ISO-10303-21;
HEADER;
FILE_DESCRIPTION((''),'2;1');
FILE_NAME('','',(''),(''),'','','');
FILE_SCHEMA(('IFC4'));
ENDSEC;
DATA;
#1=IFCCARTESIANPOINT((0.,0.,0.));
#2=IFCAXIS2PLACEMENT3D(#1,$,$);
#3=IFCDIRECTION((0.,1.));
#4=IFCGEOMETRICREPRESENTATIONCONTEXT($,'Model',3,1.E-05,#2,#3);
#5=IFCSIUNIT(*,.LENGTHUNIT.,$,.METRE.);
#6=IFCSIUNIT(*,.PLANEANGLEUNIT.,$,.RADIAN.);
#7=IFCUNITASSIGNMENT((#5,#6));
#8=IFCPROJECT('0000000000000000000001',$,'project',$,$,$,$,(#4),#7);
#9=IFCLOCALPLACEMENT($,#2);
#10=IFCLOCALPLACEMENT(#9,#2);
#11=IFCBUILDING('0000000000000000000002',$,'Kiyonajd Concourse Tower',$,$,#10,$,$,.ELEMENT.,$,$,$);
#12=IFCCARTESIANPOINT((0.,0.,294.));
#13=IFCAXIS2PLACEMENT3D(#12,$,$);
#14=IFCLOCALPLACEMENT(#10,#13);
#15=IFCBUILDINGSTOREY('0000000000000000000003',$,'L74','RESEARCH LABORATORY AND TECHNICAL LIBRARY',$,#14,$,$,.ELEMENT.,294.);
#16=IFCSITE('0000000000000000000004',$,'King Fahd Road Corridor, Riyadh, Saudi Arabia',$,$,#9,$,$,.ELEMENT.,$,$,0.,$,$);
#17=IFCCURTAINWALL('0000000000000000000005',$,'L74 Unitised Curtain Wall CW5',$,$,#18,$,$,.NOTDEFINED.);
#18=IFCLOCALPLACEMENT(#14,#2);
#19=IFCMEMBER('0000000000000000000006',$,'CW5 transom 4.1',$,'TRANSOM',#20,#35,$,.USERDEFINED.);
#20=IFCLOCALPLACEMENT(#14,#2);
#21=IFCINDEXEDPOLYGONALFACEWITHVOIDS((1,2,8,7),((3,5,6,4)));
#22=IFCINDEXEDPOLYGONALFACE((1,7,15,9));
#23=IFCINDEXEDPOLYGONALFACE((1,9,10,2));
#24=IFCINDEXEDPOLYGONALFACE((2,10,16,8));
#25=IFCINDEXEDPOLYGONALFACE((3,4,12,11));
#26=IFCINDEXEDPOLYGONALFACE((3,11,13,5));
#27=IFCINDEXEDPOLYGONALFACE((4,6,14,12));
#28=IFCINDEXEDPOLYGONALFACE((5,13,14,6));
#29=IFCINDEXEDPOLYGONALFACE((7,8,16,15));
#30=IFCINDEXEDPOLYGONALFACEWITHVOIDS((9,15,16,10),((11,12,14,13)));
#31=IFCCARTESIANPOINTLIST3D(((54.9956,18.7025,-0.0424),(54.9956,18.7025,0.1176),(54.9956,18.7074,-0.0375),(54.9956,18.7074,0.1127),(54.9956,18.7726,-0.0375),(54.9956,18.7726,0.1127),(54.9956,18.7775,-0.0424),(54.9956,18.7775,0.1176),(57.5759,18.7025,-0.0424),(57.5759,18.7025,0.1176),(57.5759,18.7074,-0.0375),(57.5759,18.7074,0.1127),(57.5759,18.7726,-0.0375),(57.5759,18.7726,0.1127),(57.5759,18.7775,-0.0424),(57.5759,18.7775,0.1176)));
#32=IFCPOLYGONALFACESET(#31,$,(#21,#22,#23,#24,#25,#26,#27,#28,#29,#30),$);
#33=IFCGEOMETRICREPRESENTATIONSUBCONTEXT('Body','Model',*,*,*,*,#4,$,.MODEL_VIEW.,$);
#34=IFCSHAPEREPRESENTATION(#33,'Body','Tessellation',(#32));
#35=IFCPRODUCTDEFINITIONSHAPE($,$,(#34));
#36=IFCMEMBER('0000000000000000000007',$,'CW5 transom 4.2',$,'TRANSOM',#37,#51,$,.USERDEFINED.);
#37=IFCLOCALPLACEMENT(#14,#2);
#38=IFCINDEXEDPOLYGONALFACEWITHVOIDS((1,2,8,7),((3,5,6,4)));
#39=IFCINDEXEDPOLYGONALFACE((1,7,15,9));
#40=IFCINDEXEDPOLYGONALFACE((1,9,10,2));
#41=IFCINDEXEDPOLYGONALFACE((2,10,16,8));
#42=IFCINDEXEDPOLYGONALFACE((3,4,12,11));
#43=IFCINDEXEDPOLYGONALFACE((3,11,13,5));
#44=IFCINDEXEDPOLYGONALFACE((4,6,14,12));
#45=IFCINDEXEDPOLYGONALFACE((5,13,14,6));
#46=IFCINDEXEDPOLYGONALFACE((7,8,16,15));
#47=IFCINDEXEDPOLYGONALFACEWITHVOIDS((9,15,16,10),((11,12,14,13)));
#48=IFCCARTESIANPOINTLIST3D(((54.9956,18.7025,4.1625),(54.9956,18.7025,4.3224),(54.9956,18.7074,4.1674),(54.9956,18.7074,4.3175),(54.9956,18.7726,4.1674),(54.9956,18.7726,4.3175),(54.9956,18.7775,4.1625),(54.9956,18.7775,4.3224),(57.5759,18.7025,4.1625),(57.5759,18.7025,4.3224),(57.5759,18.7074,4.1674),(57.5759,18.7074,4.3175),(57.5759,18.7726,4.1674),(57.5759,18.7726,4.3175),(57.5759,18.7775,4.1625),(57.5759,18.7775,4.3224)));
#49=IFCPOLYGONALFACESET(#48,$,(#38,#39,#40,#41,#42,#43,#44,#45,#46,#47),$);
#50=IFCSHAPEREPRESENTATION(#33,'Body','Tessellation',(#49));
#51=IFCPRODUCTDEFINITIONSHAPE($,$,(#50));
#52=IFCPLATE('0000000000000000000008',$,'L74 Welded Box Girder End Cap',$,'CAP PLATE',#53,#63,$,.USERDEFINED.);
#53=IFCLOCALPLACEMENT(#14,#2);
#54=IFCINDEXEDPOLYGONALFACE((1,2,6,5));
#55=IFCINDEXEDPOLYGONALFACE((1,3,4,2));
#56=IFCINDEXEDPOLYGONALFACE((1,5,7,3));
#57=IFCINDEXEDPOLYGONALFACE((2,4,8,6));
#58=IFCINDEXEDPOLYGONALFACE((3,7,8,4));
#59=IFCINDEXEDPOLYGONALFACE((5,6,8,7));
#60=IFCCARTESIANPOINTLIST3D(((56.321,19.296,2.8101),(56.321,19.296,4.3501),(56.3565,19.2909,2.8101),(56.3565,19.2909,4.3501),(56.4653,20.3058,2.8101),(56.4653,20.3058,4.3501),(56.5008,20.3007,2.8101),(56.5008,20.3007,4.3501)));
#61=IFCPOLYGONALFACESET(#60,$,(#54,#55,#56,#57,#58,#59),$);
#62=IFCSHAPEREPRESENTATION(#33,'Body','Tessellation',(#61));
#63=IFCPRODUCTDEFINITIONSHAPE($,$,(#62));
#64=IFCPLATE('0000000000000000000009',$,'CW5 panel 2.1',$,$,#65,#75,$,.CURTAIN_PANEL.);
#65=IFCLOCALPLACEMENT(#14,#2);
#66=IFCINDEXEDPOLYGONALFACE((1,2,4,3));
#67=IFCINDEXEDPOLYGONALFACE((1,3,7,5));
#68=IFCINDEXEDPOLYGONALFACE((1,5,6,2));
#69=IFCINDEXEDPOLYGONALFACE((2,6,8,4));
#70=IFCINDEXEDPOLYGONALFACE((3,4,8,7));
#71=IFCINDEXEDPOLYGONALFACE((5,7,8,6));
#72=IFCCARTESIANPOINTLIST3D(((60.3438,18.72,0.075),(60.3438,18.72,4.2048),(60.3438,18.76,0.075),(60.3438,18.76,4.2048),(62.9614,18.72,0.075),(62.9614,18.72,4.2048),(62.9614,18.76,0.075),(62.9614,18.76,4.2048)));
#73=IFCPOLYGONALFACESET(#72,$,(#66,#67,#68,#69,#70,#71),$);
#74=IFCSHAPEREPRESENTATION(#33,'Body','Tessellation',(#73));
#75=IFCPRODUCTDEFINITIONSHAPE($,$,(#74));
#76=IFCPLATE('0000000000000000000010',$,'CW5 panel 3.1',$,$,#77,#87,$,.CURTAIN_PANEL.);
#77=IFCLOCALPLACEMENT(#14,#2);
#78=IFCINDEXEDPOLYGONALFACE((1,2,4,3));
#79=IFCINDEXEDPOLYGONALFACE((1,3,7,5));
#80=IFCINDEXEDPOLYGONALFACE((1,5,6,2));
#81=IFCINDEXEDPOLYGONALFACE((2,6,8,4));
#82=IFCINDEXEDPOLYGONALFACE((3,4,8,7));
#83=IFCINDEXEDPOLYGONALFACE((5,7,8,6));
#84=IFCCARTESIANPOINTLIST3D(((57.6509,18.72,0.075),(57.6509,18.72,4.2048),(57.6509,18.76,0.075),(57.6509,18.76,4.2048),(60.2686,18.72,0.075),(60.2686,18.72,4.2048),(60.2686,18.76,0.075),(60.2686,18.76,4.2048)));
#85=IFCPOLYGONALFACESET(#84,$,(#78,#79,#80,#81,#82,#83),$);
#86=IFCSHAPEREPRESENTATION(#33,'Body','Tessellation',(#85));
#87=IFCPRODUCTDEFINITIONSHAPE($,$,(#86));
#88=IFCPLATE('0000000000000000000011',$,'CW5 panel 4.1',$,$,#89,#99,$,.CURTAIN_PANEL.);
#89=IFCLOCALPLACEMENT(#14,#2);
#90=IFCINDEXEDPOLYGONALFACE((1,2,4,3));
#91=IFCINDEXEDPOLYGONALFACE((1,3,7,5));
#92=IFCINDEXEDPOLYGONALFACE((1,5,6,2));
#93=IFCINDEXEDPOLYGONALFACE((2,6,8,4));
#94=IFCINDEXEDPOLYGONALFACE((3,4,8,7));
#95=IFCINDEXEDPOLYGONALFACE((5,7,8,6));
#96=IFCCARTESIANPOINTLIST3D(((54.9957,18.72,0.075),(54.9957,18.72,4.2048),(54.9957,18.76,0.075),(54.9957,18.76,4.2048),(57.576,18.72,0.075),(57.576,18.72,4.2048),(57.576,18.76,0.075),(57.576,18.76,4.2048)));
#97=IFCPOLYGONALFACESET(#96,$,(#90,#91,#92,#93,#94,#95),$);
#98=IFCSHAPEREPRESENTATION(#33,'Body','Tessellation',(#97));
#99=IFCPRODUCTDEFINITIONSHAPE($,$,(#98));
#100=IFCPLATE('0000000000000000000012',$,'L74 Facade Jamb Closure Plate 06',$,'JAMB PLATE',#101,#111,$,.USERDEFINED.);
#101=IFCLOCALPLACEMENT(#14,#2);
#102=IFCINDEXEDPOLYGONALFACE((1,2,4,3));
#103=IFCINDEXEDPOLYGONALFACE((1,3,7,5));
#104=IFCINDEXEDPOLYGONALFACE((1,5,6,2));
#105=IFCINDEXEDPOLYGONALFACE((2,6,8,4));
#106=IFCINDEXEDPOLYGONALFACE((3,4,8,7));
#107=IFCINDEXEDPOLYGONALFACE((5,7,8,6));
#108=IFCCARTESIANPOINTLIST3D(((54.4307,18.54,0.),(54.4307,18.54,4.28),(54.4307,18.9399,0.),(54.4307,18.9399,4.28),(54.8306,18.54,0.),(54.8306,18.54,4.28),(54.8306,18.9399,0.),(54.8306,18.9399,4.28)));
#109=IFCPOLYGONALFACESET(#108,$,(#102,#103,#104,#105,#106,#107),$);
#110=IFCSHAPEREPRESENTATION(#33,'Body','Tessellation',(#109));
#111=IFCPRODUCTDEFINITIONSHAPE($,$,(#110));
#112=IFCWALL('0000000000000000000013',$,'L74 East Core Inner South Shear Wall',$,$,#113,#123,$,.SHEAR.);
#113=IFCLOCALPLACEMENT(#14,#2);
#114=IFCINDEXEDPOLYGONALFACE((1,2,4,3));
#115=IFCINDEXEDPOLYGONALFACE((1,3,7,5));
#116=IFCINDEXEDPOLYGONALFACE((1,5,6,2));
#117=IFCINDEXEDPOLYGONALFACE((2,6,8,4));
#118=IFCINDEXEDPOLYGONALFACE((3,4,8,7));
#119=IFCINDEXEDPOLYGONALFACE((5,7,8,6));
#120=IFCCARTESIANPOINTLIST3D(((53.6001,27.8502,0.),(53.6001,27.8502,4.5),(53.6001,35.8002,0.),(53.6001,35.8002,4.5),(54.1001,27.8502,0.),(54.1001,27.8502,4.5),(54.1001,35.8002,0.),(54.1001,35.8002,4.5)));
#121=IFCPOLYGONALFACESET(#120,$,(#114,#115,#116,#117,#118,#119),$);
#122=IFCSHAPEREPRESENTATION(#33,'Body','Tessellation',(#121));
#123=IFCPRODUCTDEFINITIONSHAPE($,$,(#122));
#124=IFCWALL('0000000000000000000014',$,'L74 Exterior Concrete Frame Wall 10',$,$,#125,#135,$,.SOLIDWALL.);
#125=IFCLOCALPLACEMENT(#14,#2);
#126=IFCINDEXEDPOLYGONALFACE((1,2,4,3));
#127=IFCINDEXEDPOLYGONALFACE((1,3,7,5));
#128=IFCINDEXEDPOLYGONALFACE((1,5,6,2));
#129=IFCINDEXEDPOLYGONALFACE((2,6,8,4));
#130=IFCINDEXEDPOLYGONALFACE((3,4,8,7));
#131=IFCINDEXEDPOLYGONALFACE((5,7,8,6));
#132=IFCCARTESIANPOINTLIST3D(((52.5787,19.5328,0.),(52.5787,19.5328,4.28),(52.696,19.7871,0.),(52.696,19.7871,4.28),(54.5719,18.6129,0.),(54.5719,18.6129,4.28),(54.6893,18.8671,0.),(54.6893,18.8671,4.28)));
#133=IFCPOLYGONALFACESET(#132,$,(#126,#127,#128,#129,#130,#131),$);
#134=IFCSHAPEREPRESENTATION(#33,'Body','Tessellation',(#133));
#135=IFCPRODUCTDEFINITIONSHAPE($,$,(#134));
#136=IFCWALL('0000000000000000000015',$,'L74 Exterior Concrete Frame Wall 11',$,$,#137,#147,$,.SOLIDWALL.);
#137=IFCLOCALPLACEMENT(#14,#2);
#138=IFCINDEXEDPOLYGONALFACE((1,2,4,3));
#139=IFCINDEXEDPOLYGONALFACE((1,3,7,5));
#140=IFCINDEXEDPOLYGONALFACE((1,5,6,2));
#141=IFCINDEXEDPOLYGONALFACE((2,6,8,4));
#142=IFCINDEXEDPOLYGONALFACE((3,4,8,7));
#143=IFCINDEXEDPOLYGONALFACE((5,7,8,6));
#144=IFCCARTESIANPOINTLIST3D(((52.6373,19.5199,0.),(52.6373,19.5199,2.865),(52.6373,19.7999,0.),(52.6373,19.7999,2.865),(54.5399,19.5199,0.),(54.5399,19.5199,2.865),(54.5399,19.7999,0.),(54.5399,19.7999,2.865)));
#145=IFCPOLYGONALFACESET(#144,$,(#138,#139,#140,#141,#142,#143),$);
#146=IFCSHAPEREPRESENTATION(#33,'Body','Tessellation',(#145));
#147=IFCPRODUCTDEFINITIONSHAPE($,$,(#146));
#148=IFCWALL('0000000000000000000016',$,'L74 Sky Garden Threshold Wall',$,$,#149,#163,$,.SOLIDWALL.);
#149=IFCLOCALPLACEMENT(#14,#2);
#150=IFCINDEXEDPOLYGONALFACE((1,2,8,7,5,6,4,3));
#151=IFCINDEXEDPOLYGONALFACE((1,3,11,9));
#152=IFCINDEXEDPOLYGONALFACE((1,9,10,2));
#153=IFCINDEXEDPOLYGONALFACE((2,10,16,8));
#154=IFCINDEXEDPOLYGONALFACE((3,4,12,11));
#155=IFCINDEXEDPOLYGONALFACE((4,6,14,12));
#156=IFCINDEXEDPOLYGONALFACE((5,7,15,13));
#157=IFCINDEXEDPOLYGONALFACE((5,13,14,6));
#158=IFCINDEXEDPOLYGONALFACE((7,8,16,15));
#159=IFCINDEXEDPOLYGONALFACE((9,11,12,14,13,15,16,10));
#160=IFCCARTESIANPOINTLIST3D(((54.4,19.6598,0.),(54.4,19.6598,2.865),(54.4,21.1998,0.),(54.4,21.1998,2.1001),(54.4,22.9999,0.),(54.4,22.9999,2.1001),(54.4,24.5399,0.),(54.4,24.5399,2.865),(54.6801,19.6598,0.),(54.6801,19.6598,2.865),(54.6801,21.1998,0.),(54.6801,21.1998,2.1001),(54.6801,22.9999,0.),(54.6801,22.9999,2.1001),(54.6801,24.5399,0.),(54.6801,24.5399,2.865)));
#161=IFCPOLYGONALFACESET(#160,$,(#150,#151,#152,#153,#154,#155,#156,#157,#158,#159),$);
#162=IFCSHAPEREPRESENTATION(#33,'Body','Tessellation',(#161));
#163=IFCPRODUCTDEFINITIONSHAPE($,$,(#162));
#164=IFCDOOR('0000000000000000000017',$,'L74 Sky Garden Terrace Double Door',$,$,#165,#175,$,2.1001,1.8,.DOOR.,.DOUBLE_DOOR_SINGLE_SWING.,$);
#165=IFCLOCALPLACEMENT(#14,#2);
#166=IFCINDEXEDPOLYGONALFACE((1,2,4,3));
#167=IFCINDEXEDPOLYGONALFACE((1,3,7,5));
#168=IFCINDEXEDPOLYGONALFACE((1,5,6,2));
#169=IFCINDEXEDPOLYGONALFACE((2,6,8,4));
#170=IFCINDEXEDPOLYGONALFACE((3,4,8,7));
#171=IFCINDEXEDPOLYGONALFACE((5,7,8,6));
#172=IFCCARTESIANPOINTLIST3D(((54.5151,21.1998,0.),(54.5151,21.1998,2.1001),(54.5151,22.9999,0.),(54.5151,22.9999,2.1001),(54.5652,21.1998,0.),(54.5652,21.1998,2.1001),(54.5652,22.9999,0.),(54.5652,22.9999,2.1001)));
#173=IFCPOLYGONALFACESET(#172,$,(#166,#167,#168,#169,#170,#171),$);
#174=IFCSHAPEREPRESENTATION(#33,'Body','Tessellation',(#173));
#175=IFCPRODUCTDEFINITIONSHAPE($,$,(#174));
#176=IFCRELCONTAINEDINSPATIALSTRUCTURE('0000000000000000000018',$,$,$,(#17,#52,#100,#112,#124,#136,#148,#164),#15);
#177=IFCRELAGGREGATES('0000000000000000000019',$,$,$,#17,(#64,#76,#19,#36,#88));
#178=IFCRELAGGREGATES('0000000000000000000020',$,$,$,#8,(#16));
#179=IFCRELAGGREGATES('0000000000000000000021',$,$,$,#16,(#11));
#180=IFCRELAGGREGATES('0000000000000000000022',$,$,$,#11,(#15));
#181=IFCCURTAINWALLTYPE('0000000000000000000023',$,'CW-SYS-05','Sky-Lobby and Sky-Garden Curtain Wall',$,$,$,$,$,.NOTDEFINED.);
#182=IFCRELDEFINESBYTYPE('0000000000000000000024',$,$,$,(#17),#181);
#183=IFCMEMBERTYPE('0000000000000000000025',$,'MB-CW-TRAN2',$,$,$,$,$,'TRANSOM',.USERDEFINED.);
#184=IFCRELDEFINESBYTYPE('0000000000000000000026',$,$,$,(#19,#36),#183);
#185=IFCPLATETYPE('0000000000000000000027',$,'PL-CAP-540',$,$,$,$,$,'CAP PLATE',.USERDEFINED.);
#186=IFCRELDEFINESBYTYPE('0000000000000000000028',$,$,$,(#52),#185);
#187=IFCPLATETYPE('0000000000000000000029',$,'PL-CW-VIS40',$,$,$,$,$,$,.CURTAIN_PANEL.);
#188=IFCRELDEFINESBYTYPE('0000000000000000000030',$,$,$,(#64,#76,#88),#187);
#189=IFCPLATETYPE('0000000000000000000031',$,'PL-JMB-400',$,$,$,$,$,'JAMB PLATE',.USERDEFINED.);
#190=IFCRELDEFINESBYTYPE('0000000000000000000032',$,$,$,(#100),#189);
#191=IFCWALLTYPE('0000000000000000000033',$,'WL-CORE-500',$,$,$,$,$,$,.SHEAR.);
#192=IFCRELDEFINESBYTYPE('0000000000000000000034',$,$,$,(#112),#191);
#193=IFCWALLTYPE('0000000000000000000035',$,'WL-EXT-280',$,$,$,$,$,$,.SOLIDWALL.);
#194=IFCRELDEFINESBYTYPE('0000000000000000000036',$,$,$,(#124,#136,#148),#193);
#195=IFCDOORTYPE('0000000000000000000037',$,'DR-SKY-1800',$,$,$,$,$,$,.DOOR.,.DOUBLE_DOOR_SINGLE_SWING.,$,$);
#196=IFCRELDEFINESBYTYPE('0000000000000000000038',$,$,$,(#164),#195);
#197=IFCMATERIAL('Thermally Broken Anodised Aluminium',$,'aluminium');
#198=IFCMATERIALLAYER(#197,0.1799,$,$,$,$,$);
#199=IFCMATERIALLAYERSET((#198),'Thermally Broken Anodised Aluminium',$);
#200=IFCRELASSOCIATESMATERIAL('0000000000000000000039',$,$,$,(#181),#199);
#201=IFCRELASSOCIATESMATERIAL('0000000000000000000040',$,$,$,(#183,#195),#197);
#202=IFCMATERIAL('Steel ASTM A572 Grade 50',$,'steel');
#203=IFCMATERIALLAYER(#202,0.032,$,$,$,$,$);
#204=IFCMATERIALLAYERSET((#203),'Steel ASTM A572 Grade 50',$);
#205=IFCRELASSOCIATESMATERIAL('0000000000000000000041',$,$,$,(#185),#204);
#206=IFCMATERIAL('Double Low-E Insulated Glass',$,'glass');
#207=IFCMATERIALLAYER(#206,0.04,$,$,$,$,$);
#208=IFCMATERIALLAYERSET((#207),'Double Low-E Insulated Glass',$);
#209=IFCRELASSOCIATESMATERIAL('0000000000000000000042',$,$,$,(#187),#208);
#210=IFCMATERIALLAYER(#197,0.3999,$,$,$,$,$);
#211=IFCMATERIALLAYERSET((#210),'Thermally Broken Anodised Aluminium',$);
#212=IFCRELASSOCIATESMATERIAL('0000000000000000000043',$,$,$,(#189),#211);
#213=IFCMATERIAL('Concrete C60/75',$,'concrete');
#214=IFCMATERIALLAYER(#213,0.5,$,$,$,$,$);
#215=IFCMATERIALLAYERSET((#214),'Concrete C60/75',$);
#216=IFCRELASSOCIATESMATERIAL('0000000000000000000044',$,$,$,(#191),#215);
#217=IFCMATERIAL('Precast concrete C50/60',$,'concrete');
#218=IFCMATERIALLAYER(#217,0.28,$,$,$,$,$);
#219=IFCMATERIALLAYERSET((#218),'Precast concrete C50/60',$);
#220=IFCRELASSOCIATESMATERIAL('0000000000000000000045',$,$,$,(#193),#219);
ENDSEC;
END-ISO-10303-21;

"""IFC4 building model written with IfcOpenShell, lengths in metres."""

from ifc_helpers import new_model, si_unit, direction, frame, frame_2d, origin, origin_2d, place, context, subcontext, project, spatial, rectangle, hollow_rectangle, extrude, material, layer, layer_set, material_profile, profile_set, type_object, element, fill, aggregate, save


model = new_model("IFC4")

# Units and contexts
model_context = context("Model", 3, precision=1e-05, world=origin(), true_north=direction((0.0, 1.0)))
body_context = subcontext(model_context, "Body", "Model", "MODEL_VIEW")
ifc_project = project(units=[si_unit("LENGTHUNIT", "METRE"), si_unit("PLANEANGLEUNIT", "RADIAN")], contexts=[model_context])

# Site, building, storey
site_placement = place(None, origin())
site = spatial("IfcSite", under=ifc_project, at=site_placement, Name="King Fahd Road Corridor, Riyadh, Saudi Arabia", CompositionType="ELEMENT", RefElevation=0.0)
building_placement = place(site_placement, origin())
building = spatial("IfcBuilding", under=site, at=building_placement, Name="Kiyonajd Concourse Tower", CompositionType="ELEMENT")
storey_placement = place(building_placement, frame((0.0, 0.0, 294.0)))
storey = spatial("IfcBuildingStorey", under=building, at=storey_placement, Name="L74", Description="RESEARCH LABORATORY AND TECHNICAL LIBRARY", CompositionType="ELEMENT", Elevation=294.0)

# Shared definitions
ifc_material_1 = material(Name="Concrete C60/75", Category="concrete")

# Curtain wall, members
ifc_material_2 = material(Name="Thermally Broken Anodised Aluminium", Category="aluminium")
ifc_layer_1 = layer(ifc_material_2, 0.1799)
ifc_layer_set_1 = layer_set([ifc_layer_1], Name="Thermally Broken Anodised Aluminium")
curtain_wall_type = type_object("IfcCurtainWallType", Name="CW-SYS-05", Description="Sky-Lobby and Sky-Garden Curtain Wall", PredefinedType="NOTDEFINED", material=ifc_layer_set_1)
curtain_wall_placement = place(storey_placement, origin())
curtain_wall = element("IfcCurtainWall", 1, at=curtain_wall_placement, inside=storey, type_object=curtain_wall_type, Name="L74 Unitised Curtain Wall CW5", PredefinedType="NOTDEFINED")
ifc_material_profile_1 = material_profile(ifc_material_2, hollow_rectangle(XDim=0.075, YDim=0.1599, WallThickness=0.0049, at=origin_2d()), Name="TRAN-75x160")
ifc_profile_set_1 = profile_set([ifc_material_profile_1], Name="Thermally Broken Anodised Aluminium")
member_type_1 = type_object("IfcMemberType", Name="MB-CW-TRAN2", ElementType="TRANSOM", PredefinedType="USERDEFINED", material=ifc_profile_set_1)
member_1_placement = place(storey_placement, frame((57.5759, 18.74, 0.0376), z_axis=(-1.0, 0.0, 0.0), x_axis=(0.0, -1.0, 0.0)))
member_1 = element("IfcMember", 2, at=member_1_placement, type_object=member_type_1, Name="CW5 transom 4.1", ObjectType="TRANSOM", PredefinedType="USERDEFINED", context=body_context, shape_type="SweptSolid", body=[
    extrude(hollow_rectangle(XDim=0.075, YDim=0.1599, WallThickness=0.0049, at=origin_2d()), origin(), (0.0, 0.0, 1.0), 2.5803),
])
member_2_placement = place(storey_placement, frame((57.5759, 18.74, 4.2424), z_axis=(-1.0, 0.0, 0.0), x_axis=(0.0, -1.0, 0.0)))
member_2 = element("IfcMember", 3, at=member_2_placement, type_object=member_type_1, Name="CW5 transom 4.2", ObjectType="TRANSOM", PredefinedType="USERDEFINED", context=body_context, shape_type="SweptSolid", body=[
    extrude(hollow_rectangle(XDim=0.075, YDim=0.1599, WallThickness=0.0049, at=origin_2d()), origin(), (0.0, 0.0, 1.0), 2.5803),
])

# Plates
ifc_material_3 = material(Name="Steel ASTM A572 Grade 50", Category="steel")
ifc_layer_2 = layer(ifc_material_3, 0.032)
ifc_layer_set_2 = layer_set([ifc_layer_2], Name="Steel ASTM A572 Grade 50")
plate_type_1 = type_object("IfcPlateType", Name="PL-CAP-540", ElementType="CAP PLATE", PredefinedType="USERDEFINED", material=ifc_layer_set_2)
plate_1_placement = place(storey_placement, frame((56.4109, 19.7983, 2.8101), z_axis=(0.0, 0.0, 1.0), x_axis=(0.98995, -0.14142, 0.0)))
element("IfcPlate", 4, at=plate_1_placement, inside=storey, type_object=plate_type_1, Name="L74 Welded Box Girder End Cap", ObjectType="CAP PLATE", PredefinedType="USERDEFINED", context=body_context, shape_type="SweptSolid", body=[
    extrude(rectangle(XDim=0.0359, YDim=1.02, at=origin_2d()), origin(), (0.0, 0.0, 1.0), 1.54),
])
ifc_material_4 = material(Name="Double Low-E Insulated Glass", Category="glass")
ifc_layer_3 = layer(ifc_material_4, 0.04)
ifc_layer_set_3 = layer_set([ifc_layer_3], Name="Double Low-E Insulated Glass")
plate_type_2 = type_object("IfcPlateType", Name="PL-CW-VIS40", PredefinedType="CURTAIN_PANEL", material=ifc_layer_set_3)
plate_2_placement = place(storey_placement, frame((61.6526, 18.74, 0.075), z_axis=(0.0, 0.0, 1.0), x_axis=(-1.0, 0.0, 0.0)))
plate_2 = element("IfcPlate", 5, at=plate_2_placement, type_object=plate_type_2, Name="CW5 panel 2.1", PredefinedType="CURTAIN_PANEL", context=body_context, shape_type="SweptSolid", body=[
    extrude(rectangle(XDim=2.6177, YDim=0.04, at=origin_2d()), origin(), (0.0, 0.0, 1.0), 4.1299),
])
plate_3_placement = place(storey_placement, frame((58.9597, 18.74, 0.075), z_axis=(0.0, 0.0, 1.0), x_axis=(-1.0, 0.0, 0.0)))
plate_3 = element("IfcPlate", 6, at=plate_3_placement, type_object=plate_type_2, Name="CW5 panel 3.1", PredefinedType="CURTAIN_PANEL", context=body_context, shape_type="SweptSolid", body=[
    extrude(rectangle(XDim=2.6177, YDim=0.04, at=origin_2d()), origin(), (0.0, 0.0, 1.0), 4.1299),
])
plate_4_placement = place(storey_placement, frame((56.2859, 18.74, 0.075), z_axis=(0.0, 0.0, 1.0), x_axis=(-1.0, 0.0, 0.0)))
plate_4 = element("IfcPlate", 7, at=plate_4_placement, type_object=plate_type_2, Name="CW5 panel 4.1", PredefinedType="CURTAIN_PANEL", context=body_context, shape_type="SweptSolid", body=[
    extrude(rectangle(XDim=2.5803, YDim=0.04, at=origin_2d()), origin(), (0.0, 0.0, 1.0), 4.1299),
])
aggregate(curtain_wall, [plate_2, plate_3, member_1, member_2, plate_4])
ifc_layer_4 = layer(ifc_material_2, 0.3999)
ifc_layer_set_4 = layer_set([ifc_layer_4], Name="Thermally Broken Anodised Aluminium")
plate_type_3 = type_object("IfcPlateType", Name="PL-JMB-400", ElementType="JAMB PLATE", PredefinedType="USERDEFINED", material=ifc_layer_set_4)
plate_5_placement = place(storey_placement, frame((54.6306, 18.74, 0.0), z_axis=(0.0, 0.0, 1.0), x_axis=(1.0, 0.0, 0.0)))
element("IfcPlate", 8, at=plate_5_placement, inside=storey, type_object=plate_type_3, Name="L74 Facade Jamb Closure Plate 06", ObjectType="JAMB PLATE", PredefinedType="USERDEFINED", context=body_context, shape_type="SweptSolid", body=[
    extrude(rectangle(XDim=0.3999, YDim=0.3999, at=origin_2d()), origin(), (0.0, 0.0, 1.0), 4.28),
])

# Walls
ifc_layer_5 = layer(ifc_material_1, 0.5)
ifc_layer_set_5 = layer_set([ifc_layer_5], Name="Concrete C60/75")
wall_type_1 = type_object("IfcWallType", Name="WL-CORE-500", PredefinedType="SHEAR", material=ifc_layer_set_5)
wall_1_placement = place(storey_placement, frame((53.8501, 27.8501, 0.0), z_axis=(0.0, 0.0, 1.0), x_axis=(0.0, 1.0, 0.0)))
element("IfcWall", 9, at=wall_1_placement, inside=storey, type_object=wall_type_1, Name="L74 East Core Inner South Shear Wall", PredefinedType="SHEAR", context=body_context, shape_type="SweptSolid", body=[
    extrude(rectangle(XDim=7.95, YDim=0.5, at=frame_2d((3.9751, 0.0))), origin(), (0.0, 0.0, 1.0), 4.5),
])
ifc_material_5 = material(Name="Precast concrete C50/60", Category="concrete")
ifc_layer_6 = layer(ifc_material_5, 0.28)
ifc_layer_set_6 = layer_set([ifc_layer_6], Name="Precast concrete C50/60")
wall_type_2 = type_object("IfcWallType", Name="WL-EXT-280", PredefinedType="SOLIDWALL", material=ifc_layer_set_6)
wall_2_placement = place(storey_placement, frame((54.6306, 18.74, 0.0), z_axis=(0.0, 0.0, 1.0), x_axis=(-0.907959, 0.419058, 0.0)))
element("IfcWall", 10, at=wall_2_placement, inside=storey, type_object=wall_type_2, Name="L74 Exterior Concrete Frame Wall 10", PredefinedType="SOLIDWALL", context=body_context, shape_type="SweptSolid", body=[
    extrude(rectangle(XDim=2.1953, YDim=0.28, at=frame_2d((1.0977, 0.0))), origin(), (0.0, 0.0, 1.0), 4.28),
])
wall_3_placement = place(storey_placement, frame((52.6375, 19.6599, 0.0), z_axis=(0.0, 0.0, 1.0), x_axis=(1.0, 0.0, 0.0)))
element("IfcWall", 11, at=wall_3_placement, inside=storey, type_object=wall_type_2, Name="L74 Exterior Concrete Frame Wall 11", PredefinedType="SOLIDWALL", context=body_context, shape_type="SweptSolid", body=[
    extrude(rectangle(XDim=1.9026, YDim=0.28, at=frame_2d((0.9512, 0.0))), origin(), (0.0, 0.0, 1.0), 2.865),
])

# Wall, opening, door
wall_4_placement = place(storey_placement, frame((54.54, 19.6599, 0.0), z_axis=(0.0, 0.0, 1.0), x_axis=(0.0, 1.0, 0.0)))
wall_4 = element("IfcWall", 12, at=wall_4_placement, inside=storey, type_object=wall_type_2, Name="L74 Sky Garden Threshold Wall", PredefinedType="SOLIDWALL", context=body_context, shape_type="SweptSolid", body=[
    extrude(rectangle(XDim=4.8801, YDim=0.28, at=frame_2d((2.4399, 0.0))), origin(), (0.0, 0.0, 1.0), 2.865),
])
opening_placement = place(wall_4_placement, frame((1.54, 0.0, 0.0)))
opening = element("IfcOpeningElement", 13, at=opening_placement, cuts=wall_4, PredefinedType="OPENING", context=body_context, shape_type="SweptSolid", body=[
    extrude(rectangle(XDim=1.8, YDim=2.1001, at=frame_2d((0.8999, 1.05))), frame((0.0, 0.1499, 0.0), z_axis=(0.0, -1.0, 0.0), x_axis=(1.0, 0.0, 0.0)), (0.0, 0.0, 1.0), 0.3),
])
door_type = type_object("IfcDoorType", Name="DR-SKY-1800", OperationType="DOUBLE_DOOR_SINGLE_SWING", PredefinedType="DOOR", material=ifc_material_2)
door_placement = place(opening_placement, origin())
door = element("IfcDoor", 14, at=door_placement, inside=storey, type_object=door_type, Name="L74 Sky Garden Terrace Double Door", OperationType="DOUBLE_DOOR_SINGLE_SWING", OverallHeight=2.1001, OverallWidth=1.8, PredefinedType="DOOR", context=body_context, shape_type="SweptSolid", body=[
    extrude(rectangle(XDim=1.8, YDim=2.1001, at=frame_2d((0.8999, 1.05))), frame((0.0, 0.0249, 0.0), z_axis=(0.0, -1.0, 0.0), x_axis=(1.0, 0.0, 0.0)), (0.0, 0.0, 1.0), 0.05),
])
fill(opening, door)

save(model, "model.ifc")
